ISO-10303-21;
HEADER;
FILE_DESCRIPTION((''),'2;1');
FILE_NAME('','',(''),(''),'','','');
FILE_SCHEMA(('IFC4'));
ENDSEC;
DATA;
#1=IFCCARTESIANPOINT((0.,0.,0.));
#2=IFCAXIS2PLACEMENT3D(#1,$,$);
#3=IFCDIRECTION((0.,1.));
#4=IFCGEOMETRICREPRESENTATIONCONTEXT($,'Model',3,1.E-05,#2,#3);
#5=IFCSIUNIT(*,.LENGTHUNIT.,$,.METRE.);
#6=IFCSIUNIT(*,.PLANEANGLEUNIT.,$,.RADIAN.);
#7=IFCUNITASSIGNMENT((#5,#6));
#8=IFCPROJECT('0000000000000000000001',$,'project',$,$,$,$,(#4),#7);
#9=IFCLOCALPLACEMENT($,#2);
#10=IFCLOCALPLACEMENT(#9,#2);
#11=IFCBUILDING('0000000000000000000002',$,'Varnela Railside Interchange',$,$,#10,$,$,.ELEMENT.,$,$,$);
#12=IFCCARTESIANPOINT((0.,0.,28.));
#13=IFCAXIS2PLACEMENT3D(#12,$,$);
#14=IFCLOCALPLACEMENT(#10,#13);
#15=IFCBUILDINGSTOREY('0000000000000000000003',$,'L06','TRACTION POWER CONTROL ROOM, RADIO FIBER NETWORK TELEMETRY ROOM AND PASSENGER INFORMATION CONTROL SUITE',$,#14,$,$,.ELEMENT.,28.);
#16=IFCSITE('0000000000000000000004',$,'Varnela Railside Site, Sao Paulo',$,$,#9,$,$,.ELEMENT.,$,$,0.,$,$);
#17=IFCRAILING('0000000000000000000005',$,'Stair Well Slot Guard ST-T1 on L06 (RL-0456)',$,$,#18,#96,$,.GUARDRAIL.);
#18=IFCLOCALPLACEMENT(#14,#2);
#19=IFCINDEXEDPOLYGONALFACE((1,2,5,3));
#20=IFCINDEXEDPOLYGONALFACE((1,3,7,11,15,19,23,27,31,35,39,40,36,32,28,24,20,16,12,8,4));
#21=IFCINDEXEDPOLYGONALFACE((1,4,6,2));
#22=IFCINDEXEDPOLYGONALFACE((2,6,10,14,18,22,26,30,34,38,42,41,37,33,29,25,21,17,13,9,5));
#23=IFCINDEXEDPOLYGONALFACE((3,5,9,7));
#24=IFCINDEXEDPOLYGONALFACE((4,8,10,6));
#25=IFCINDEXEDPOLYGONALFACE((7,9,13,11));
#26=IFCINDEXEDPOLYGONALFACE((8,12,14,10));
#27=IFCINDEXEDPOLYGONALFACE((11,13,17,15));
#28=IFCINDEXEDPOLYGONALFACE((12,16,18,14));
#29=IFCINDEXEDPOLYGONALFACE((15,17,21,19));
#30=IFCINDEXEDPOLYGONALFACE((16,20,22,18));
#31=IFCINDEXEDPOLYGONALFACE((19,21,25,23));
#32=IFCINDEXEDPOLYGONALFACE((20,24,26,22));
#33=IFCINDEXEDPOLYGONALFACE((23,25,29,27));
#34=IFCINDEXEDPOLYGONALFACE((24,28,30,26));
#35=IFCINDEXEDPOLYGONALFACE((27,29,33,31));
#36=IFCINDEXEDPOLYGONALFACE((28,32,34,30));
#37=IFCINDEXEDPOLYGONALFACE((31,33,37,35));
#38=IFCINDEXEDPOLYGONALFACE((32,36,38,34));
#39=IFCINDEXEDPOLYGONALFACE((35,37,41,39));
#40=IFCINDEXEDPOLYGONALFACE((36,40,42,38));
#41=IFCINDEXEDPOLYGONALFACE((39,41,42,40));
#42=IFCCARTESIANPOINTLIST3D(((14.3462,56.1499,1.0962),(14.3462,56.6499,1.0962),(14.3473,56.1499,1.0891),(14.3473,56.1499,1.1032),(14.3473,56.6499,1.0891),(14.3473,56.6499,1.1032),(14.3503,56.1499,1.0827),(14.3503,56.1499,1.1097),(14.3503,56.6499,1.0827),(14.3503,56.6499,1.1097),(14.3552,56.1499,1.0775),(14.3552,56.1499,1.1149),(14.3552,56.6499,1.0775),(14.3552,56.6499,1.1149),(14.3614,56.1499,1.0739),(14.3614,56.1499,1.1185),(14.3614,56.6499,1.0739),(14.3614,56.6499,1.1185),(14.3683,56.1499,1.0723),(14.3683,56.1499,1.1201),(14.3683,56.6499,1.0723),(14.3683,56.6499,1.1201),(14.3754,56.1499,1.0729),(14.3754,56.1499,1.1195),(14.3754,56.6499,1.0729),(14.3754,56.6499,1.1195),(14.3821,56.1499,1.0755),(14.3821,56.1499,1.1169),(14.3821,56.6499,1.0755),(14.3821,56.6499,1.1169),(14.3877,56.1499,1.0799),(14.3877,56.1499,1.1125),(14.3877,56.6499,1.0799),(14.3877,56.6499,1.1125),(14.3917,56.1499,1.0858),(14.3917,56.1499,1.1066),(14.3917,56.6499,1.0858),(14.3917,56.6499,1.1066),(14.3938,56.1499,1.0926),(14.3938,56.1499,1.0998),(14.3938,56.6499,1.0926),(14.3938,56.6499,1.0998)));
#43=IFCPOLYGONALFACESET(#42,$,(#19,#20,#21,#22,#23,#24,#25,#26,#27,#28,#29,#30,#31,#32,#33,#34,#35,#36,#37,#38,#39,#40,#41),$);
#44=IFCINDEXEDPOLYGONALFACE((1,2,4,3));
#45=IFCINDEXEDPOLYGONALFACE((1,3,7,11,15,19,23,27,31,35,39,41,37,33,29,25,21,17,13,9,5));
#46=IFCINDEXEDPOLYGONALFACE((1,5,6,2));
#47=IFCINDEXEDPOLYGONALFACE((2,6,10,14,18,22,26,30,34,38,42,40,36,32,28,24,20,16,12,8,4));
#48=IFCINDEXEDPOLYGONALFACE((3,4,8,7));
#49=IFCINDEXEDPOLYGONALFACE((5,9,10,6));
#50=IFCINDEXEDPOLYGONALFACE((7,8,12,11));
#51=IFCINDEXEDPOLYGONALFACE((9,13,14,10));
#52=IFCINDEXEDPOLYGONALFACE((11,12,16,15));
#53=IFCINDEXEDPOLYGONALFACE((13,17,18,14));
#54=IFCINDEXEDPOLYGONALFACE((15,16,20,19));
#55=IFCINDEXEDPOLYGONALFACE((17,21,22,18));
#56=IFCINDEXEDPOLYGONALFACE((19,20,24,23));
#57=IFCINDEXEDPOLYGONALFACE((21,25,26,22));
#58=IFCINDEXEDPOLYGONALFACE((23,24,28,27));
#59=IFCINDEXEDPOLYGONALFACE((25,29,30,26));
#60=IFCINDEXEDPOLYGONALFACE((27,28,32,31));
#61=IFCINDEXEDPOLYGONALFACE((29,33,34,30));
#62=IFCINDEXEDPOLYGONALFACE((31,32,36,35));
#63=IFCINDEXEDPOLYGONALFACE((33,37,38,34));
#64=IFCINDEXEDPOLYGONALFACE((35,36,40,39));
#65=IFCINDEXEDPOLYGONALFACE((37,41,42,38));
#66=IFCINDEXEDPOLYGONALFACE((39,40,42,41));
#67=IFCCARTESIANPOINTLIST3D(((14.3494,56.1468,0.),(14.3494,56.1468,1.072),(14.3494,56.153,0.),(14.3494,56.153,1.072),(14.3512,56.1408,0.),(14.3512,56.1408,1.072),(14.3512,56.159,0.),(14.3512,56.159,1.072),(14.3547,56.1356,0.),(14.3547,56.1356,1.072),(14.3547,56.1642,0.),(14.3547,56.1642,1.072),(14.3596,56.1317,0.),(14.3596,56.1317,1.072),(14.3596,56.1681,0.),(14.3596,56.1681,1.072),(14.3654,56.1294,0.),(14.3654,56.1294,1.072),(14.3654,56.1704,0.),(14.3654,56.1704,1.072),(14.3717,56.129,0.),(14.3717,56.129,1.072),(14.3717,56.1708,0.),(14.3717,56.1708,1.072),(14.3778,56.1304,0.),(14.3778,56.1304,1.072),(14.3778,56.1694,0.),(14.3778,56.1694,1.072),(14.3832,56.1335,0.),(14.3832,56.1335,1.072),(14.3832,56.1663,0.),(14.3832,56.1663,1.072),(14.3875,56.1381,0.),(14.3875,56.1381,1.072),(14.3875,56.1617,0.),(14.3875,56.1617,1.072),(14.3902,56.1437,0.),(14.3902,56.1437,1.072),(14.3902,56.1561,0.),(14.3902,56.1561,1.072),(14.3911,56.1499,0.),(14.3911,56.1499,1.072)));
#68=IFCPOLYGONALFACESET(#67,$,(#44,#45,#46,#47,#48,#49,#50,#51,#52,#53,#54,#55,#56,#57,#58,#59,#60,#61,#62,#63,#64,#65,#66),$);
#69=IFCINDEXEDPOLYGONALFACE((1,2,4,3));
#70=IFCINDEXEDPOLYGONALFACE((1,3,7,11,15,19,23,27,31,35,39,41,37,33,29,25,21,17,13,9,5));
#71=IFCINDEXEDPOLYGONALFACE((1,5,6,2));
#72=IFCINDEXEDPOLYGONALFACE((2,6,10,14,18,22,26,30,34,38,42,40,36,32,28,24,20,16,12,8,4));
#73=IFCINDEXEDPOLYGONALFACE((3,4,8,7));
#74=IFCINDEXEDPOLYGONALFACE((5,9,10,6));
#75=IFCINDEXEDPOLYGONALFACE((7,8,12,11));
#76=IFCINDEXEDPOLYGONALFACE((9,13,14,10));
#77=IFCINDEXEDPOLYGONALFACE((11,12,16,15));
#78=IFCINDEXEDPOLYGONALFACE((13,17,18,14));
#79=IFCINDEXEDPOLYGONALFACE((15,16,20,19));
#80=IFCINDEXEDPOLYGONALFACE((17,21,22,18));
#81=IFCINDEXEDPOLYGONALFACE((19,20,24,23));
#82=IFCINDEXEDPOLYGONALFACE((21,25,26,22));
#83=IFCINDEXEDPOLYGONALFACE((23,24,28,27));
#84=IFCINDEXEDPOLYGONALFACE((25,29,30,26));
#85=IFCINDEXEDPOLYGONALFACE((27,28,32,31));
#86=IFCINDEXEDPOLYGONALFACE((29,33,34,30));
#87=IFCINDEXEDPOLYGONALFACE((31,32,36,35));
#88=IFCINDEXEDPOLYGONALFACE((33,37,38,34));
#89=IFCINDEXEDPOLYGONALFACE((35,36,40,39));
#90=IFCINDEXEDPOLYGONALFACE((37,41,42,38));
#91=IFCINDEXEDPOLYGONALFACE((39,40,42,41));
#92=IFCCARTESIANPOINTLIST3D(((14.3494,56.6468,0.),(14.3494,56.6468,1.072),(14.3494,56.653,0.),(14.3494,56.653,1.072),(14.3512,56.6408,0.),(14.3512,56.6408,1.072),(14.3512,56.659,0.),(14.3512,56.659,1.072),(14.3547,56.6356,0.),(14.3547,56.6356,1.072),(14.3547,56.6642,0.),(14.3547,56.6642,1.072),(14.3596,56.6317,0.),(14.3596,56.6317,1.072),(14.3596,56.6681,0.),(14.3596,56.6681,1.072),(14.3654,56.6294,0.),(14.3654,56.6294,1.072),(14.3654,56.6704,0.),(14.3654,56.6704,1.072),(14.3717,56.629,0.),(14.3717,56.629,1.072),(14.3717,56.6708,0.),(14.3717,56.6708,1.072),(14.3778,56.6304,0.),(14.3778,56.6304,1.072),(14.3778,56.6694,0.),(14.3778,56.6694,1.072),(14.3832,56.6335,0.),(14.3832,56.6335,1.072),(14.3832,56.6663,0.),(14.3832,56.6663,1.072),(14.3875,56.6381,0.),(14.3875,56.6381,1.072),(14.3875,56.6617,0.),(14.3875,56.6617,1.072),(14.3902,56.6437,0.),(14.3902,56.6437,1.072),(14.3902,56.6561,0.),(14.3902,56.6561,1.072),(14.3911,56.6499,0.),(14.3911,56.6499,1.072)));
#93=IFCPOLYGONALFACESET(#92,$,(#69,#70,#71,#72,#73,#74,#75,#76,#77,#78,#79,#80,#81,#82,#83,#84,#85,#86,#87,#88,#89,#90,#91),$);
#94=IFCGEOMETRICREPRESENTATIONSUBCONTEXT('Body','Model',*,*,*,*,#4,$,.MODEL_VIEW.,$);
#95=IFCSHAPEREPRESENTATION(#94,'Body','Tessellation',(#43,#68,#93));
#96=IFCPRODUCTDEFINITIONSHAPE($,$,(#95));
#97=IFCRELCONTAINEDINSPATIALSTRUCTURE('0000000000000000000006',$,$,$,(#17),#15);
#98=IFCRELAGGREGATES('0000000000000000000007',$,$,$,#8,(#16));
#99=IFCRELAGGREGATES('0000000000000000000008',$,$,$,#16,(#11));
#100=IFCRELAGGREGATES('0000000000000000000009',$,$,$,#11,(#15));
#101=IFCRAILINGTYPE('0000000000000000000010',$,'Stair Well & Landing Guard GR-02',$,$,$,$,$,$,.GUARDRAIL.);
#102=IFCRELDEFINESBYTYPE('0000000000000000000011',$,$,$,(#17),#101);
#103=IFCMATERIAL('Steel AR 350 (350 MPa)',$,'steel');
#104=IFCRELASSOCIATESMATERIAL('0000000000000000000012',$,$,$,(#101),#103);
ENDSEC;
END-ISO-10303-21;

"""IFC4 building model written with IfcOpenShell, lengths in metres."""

from ifc_helpers import new_model, si_unit, direction, frame, origin, origin_2d, place, context, subcontext, project, spatial, circle, extrude, material, type_object, element, save


model = new_model("IFC4")

# Units and contexts
model_context = context("Model", 3, precision=1e-05, world=origin(), true_north=direction((0.0, 1.0)))
body_context = subcontext(model_context, "Body", "Model", "MODEL_VIEW")
ifc_project = project(units=[si_unit("LENGTHUNIT", "METRE"), si_unit("PLANEANGLEUNIT", "RADIAN")], contexts=[model_context])

# Site, building, storey
site_placement = place(None, origin())
site = spatial("IfcSite", under=ifc_project, at=site_placement, Name="Varnela Railside Site, Sao Paulo", CompositionType="ELEMENT", RefElevation=0.0)
building_placement = place(site_placement, origin())
building = spatial("IfcBuilding", under=site, at=building_placement, Name="Varnela Railside Interchange", CompositionType="ELEMENT")
storey_placement = place(building_placement, frame((0.0, 0.0, 28.0)))
storey = spatial("IfcBuildingStorey", under=building, at=storey_placement, Name="L06", Description="TRACTION POWER CONTROL ROOM, RADIO FIBER NETWORK TELEMETRY ROOM AND PASSENGER INFORMATION CONTROL SUITE", CompositionType="ELEMENT", Elevation=28.0)

# Shared definitions
ifc_material_1 = material(Name="Steel AR 350 (350 MPa)", Category="steel")

# Railing
railing_type_1 = type_object("IfcRailingType", Name="Stair Well & Landing Guard GR-02", PredefinedType="GUARDRAIL", material=ifc_material_1)
railing_1_placement = place(storey_placement, frame((14.3701, 56.1499, 0.0)))
element("IfcRailing", 1, at=railing_1_placement, inside=storey, type_object=railing_type_1, Name="Stair Well Slot Guard ST-T1 on L06 (RL-0456)", PredefinedType="GUARDRAIL", context=body_context, shape_type="SweptSolid", body=[
    extrude(circle(Radius=0.0239, at=origin_2d()), frame((0.0, 0.0, 1.0962), z_axis=(0.0, 1.0, 0.0), x_axis=(-1.0, 0.0, 0.0)), (0.0, 0.0, 1.0), 0.5),
    extrude(circle(Radius=0.021, at=origin_2d()), origin(), (0.0, 0.0, 1.0), 1.072),
    extrude(circle(Radius=0.021, at=origin_2d()), frame((0.0, 0.5, 0.0)), (0.0, 0.0, 1.0), 1.072),
])

save(model, "model.ifc")
